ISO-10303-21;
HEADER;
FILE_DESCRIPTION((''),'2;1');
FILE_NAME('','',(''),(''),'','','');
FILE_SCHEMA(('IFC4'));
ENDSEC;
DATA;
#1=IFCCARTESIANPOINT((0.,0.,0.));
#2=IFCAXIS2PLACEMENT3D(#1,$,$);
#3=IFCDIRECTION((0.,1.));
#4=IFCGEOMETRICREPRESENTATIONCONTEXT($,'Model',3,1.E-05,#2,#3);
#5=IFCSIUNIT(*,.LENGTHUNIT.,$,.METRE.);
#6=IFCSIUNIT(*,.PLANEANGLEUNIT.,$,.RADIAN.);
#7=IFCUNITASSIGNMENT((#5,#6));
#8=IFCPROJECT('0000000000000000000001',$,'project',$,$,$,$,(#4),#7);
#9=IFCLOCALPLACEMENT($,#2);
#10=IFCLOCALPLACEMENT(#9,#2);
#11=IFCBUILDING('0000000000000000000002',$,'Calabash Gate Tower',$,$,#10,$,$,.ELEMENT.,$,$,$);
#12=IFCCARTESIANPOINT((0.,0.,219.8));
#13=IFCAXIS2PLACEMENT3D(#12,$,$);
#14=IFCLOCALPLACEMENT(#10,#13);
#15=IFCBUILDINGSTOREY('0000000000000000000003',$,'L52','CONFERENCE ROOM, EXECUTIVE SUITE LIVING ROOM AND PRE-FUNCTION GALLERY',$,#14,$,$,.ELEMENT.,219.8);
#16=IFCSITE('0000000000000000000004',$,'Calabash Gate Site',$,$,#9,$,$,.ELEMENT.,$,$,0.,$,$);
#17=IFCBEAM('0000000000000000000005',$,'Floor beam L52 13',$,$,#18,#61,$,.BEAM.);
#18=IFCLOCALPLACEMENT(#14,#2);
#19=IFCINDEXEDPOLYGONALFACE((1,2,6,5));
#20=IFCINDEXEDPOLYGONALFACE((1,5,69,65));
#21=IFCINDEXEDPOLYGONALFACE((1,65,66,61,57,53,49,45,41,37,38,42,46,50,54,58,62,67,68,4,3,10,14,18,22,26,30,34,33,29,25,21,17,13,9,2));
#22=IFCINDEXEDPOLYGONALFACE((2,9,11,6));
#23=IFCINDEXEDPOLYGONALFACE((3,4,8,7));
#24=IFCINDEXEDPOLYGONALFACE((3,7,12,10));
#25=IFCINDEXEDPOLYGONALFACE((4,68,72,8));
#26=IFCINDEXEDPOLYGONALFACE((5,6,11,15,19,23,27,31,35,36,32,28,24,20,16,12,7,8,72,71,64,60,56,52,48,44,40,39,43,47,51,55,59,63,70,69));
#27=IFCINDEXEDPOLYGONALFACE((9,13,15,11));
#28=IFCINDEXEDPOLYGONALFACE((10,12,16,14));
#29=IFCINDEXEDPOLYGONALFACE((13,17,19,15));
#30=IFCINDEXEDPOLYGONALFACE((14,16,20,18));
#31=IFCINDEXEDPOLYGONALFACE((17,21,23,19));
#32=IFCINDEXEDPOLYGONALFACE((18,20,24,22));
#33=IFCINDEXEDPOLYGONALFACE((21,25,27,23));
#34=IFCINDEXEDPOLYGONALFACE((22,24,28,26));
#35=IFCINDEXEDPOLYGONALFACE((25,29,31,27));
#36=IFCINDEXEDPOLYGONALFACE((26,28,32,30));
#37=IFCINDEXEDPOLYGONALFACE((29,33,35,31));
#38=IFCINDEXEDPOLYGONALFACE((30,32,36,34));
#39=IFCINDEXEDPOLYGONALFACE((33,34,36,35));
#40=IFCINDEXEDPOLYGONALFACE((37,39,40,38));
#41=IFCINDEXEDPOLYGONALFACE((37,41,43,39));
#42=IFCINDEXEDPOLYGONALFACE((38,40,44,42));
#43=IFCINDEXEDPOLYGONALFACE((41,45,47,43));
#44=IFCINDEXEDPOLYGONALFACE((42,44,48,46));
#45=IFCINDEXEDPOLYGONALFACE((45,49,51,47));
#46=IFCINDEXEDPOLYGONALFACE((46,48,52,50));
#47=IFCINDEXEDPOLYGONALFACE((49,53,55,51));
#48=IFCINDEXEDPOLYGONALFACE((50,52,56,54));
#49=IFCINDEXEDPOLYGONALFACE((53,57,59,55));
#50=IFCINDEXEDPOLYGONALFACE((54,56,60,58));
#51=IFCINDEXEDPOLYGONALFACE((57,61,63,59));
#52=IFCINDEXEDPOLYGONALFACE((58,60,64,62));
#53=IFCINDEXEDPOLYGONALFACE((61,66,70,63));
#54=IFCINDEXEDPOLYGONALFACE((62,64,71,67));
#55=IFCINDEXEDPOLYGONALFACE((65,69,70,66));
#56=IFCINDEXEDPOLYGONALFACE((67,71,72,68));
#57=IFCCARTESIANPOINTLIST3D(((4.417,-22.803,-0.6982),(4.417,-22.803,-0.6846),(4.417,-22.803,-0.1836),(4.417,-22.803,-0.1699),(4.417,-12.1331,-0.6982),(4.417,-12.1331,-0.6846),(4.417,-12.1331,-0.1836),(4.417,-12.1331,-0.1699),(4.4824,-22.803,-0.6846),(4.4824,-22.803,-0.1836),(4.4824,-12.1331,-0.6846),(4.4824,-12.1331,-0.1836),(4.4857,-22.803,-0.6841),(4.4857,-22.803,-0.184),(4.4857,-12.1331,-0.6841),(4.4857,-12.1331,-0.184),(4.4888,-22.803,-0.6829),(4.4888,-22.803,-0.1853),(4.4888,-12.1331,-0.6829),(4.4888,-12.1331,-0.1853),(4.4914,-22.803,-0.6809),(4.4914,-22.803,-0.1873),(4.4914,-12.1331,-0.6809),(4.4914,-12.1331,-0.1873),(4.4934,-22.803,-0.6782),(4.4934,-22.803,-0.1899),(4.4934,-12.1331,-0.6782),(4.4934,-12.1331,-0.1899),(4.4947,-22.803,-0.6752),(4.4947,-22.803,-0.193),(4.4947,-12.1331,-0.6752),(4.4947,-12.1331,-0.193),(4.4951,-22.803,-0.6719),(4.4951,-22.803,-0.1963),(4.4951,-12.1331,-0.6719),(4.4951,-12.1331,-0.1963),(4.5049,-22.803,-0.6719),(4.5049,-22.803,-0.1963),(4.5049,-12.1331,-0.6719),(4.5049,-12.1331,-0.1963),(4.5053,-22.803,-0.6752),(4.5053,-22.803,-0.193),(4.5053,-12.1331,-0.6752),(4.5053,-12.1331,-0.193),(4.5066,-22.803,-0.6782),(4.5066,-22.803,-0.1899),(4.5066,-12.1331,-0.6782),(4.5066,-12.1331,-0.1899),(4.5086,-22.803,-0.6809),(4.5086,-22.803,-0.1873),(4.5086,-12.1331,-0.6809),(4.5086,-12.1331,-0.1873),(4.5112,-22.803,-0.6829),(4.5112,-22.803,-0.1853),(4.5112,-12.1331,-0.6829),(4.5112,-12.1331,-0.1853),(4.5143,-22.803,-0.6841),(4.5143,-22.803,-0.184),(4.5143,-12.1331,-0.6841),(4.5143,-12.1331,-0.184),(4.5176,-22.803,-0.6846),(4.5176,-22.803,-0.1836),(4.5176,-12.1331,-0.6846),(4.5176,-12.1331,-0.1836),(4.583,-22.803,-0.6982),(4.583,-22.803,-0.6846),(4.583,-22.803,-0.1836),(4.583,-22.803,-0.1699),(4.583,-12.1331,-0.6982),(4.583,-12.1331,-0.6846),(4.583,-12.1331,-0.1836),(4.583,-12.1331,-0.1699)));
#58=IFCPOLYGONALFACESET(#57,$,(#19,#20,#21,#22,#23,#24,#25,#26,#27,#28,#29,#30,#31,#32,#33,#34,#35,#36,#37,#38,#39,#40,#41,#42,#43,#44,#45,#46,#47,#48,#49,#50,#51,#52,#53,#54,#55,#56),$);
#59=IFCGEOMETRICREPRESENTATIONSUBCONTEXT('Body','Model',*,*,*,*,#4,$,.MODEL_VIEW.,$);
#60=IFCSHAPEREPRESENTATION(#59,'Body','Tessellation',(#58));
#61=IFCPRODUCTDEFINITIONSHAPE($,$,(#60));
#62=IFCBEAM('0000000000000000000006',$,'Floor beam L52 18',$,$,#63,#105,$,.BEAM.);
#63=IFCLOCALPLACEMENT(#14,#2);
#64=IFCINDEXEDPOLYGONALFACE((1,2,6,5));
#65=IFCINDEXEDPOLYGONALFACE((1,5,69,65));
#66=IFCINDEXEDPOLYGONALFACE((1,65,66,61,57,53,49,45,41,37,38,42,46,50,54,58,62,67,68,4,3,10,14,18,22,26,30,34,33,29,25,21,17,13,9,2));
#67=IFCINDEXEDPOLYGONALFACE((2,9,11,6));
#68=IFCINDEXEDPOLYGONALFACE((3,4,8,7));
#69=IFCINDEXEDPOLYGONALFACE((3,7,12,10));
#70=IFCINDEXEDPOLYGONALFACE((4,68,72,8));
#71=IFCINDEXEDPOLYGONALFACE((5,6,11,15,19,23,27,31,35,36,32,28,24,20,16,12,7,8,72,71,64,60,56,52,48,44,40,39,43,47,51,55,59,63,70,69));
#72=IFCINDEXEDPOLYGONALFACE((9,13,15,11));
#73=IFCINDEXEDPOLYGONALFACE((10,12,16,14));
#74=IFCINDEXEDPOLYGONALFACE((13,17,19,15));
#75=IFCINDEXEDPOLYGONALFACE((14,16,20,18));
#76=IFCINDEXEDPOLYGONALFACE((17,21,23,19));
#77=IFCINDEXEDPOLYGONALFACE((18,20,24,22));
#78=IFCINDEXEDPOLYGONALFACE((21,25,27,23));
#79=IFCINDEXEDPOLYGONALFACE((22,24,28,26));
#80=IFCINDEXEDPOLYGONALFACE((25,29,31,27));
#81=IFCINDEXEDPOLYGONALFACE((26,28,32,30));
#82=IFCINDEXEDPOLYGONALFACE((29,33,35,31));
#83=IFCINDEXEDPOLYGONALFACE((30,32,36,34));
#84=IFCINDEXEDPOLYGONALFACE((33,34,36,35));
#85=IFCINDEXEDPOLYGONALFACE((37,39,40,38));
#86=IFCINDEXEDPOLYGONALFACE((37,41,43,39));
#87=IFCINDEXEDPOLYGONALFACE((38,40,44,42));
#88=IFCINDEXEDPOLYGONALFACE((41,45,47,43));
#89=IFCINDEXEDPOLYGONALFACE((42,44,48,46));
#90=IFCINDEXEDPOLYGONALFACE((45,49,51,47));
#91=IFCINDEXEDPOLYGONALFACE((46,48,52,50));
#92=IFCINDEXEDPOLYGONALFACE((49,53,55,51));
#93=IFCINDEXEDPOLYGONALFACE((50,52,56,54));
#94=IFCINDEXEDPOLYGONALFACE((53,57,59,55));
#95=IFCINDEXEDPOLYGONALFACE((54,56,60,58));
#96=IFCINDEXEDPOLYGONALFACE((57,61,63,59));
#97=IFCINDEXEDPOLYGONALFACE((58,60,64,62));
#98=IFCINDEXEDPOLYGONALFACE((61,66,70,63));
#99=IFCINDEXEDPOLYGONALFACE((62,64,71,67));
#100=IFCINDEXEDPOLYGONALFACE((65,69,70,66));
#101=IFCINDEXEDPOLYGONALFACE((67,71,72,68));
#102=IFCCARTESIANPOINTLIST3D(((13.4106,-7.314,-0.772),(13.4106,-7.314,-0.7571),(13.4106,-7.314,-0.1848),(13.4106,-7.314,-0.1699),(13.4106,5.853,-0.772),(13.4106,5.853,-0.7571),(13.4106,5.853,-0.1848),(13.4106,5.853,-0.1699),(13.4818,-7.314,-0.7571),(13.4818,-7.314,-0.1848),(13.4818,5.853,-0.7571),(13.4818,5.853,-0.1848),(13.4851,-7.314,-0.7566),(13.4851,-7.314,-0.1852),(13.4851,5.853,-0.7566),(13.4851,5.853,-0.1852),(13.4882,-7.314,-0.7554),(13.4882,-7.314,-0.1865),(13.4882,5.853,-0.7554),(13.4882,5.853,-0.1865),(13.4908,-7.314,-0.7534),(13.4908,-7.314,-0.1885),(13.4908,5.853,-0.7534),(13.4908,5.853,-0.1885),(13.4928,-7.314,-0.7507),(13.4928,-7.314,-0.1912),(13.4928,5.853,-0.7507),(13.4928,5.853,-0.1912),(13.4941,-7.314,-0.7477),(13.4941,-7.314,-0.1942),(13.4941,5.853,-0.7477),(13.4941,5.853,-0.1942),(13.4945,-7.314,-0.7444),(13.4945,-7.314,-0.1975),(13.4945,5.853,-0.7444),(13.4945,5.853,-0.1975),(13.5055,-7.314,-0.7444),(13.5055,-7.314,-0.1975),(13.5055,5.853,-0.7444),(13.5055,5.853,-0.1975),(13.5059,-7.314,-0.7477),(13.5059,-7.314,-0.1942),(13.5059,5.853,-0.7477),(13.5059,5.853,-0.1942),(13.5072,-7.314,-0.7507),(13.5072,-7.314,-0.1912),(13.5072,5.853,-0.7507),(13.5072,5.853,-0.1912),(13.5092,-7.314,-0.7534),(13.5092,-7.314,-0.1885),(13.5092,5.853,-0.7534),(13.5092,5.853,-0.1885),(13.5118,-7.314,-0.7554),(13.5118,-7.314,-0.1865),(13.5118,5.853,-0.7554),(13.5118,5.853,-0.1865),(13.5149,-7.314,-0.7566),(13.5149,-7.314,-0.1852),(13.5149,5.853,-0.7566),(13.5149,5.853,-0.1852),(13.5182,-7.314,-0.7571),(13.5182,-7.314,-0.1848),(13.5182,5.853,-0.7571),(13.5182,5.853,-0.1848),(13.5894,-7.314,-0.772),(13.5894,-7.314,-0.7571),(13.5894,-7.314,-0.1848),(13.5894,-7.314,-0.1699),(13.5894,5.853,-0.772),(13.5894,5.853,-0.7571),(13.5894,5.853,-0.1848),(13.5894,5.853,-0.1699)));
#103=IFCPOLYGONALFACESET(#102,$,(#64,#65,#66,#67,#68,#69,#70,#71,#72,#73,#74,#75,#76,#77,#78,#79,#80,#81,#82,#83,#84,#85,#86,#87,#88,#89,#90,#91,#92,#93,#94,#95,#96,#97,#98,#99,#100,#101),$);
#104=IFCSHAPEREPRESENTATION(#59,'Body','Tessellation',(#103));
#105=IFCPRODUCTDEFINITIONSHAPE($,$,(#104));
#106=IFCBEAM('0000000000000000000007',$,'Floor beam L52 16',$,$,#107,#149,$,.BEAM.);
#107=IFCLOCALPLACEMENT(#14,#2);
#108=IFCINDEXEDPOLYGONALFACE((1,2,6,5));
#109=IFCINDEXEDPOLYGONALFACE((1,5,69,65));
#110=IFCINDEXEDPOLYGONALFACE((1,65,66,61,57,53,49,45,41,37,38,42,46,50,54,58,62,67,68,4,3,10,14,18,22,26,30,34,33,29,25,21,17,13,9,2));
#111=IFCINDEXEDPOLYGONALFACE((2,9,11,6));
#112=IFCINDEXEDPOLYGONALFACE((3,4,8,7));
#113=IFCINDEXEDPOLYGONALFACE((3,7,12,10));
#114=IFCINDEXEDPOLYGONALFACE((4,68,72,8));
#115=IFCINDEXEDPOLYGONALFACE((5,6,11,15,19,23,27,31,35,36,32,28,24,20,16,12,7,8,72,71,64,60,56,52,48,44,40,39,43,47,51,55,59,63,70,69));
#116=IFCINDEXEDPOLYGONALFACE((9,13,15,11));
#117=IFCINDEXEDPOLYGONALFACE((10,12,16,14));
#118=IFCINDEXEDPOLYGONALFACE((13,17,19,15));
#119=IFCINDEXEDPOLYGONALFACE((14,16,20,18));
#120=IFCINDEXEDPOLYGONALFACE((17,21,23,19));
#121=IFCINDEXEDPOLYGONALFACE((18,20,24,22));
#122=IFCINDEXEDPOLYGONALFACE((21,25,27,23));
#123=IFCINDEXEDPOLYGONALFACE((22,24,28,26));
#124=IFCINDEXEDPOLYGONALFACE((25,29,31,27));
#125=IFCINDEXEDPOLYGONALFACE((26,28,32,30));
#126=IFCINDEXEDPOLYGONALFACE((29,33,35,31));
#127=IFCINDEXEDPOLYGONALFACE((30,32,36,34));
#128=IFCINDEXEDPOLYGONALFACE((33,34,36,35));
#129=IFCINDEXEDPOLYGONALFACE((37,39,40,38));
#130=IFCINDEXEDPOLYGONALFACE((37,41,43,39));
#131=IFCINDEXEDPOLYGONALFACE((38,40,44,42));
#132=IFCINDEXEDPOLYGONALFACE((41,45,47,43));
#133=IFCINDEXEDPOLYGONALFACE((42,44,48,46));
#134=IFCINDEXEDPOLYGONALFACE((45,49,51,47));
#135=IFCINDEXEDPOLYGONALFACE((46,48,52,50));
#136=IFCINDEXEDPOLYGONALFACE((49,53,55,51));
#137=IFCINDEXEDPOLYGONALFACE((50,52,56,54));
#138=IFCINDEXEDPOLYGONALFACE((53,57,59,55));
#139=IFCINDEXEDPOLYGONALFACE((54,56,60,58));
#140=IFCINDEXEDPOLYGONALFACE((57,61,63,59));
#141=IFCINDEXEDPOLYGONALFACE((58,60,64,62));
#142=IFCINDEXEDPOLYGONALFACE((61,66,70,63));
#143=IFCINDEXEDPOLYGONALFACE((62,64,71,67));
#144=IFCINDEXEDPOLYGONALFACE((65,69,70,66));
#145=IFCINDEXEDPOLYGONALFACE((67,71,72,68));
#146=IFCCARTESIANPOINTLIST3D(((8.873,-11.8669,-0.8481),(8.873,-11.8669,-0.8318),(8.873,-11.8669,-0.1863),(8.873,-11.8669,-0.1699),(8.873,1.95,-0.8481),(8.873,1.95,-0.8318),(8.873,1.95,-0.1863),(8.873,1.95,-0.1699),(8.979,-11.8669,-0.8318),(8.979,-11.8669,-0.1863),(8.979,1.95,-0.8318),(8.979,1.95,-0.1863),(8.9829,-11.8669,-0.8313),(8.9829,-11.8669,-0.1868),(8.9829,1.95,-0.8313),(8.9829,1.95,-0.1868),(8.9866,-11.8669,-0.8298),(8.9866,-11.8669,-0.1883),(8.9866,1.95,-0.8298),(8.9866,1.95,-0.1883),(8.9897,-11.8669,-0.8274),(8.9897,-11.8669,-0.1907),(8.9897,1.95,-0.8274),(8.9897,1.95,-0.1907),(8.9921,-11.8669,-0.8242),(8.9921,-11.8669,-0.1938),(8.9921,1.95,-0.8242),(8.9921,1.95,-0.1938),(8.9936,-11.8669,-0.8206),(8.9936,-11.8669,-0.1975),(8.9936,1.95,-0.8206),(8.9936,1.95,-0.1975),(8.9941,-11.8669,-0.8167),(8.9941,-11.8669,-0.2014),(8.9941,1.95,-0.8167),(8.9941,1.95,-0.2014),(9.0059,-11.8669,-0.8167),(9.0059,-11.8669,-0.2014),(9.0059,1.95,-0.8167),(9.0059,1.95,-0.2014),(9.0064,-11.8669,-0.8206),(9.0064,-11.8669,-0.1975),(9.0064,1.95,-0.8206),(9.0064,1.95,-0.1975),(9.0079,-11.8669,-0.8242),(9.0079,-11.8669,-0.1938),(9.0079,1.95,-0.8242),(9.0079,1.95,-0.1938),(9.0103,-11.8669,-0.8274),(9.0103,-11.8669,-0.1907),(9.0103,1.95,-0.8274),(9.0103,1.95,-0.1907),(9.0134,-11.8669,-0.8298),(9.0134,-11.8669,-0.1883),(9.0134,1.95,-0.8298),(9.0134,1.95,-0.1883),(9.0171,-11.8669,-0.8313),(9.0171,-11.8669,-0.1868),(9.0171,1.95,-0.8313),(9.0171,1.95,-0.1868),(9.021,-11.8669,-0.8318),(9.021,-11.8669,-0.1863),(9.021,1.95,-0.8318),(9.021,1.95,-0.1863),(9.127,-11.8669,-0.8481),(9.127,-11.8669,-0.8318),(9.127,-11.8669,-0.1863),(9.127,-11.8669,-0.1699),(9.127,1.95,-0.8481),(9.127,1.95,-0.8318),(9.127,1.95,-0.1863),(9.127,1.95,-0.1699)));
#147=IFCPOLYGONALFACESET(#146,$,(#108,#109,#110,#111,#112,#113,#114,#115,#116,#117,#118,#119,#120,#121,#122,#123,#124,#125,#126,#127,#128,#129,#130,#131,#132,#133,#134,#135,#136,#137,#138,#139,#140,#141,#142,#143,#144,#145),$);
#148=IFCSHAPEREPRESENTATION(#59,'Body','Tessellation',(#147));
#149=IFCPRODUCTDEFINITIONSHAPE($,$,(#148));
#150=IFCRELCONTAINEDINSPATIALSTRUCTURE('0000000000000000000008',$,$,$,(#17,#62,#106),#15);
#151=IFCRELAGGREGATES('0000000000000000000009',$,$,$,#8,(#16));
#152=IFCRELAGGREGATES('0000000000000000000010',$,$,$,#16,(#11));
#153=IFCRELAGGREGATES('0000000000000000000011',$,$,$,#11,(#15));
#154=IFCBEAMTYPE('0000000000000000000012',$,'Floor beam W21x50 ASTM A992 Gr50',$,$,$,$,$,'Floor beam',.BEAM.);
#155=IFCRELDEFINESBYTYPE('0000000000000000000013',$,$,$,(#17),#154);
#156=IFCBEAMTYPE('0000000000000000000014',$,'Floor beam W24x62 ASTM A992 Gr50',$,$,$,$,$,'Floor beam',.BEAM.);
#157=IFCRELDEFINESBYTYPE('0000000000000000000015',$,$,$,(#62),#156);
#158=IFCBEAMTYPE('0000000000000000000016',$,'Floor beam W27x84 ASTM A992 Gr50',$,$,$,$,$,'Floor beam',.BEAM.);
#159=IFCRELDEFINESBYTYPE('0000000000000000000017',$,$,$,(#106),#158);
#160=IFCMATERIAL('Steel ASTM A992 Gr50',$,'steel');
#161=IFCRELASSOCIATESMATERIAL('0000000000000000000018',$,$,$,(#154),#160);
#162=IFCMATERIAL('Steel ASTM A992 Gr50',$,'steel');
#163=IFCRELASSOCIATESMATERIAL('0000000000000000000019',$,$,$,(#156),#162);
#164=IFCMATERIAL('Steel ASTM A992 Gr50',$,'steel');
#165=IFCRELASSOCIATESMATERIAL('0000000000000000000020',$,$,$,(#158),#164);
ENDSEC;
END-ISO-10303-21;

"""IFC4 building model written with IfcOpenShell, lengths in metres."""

from ifc_helpers import new_model, si_unit, direction, frame, origin, origin_2d, place, context, subcontext, project, spatial, i_section, extrude, material, material_profile, profile_set, type_object, element, save


model = new_model("IFC4")

# Units and contexts
model_context = context("Model", 3, precision=1e-05, world=origin(), true_north=direction((0.0, 1.0)))
body_context = subcontext(model_context, "Body", "Model", "MODEL_VIEW")
ifc_project = project(units=[si_unit("LENGTHUNIT", "METRE"), si_unit("PLANEANGLEUNIT", "RADIAN")], contexts=[model_context])

# Site, building, storey
site_placement = place(None, origin())
site = spatial("IfcSite", under=ifc_project, at=site_placement, Name="Calabash Gate Site", CompositionType="ELEMENT", RefElevation=0.0)
building_placement = place(site_placement, origin())
building = spatial("IfcBuilding", under=site, at=building_placement, Name="Calabash Gate Tower", CompositionType="ELEMENT")
storey_placement = place(building_placement, frame((0.0, 0.0, 219.8)))
storey = spatial("IfcBuildingStorey", under=building, at=storey_placement, Name="L52", Description="CONFERENCE ROOM, EXECUTIVE SUITE LIVING ROOM AND PRE-FUNCTION GALLERY", CompositionType="ELEMENT", Elevation=219.8)

# Beams
ifc_material_1 = material(Name="Steel ASTM A992 Gr50", Category="steel")
ifc_material_profile_1 = material_profile(ifc_material_1, i_section(OverallWidth=0.166, OverallDepth=0.5283, WebThickness=0.0098, FlangeThickness=0.0137, FilletRadius=0.0127, at=origin_2d()))
ifc_profile_set_1 = profile_set([ifc_material_profile_1], Name="Steel ASTM A992 Gr50")
beam_type_1 = type_object("IfcBeamType", Name="Floor beam W21x50 ASTM A992 Gr50", ElementType="Floor beam", PredefinedType="BEAM", material=ifc_profile_set_1)
beam_1_placement = place(storey_placement, frame((4.5, -22.803, -0.4341), z_axis=(0.0, 1.0, 0.0), x_axis=(-1.0, 0.0, 0.0)))
element("IfcBeam", 1, at=beam_1_placement, inside=storey, type_object=beam_type_1, Name="Floor beam L52 13", PredefinedType="BEAM", context=body_context, shape_type="SweptSolid", body=[
    extrude(i_section(OverallWidth=0.166, OverallDepth=0.5283, WebThickness=0.0098, FlangeThickness=0.0137, FilletRadius=0.0127, at=origin_2d()), origin(), (0.0, 0.0, 1.0), 10.6699),
])
ifc_material_2 = material(Name="Steel ASTM A992 Gr50", Category="steel")
ifc_material_profile_2 = material_profile(ifc_material_2, i_section(OverallWidth=0.1787, OverallDepth=0.6021, WebThickness=0.011, FlangeThickness=0.0149, FilletRadius=0.0127, at=origin_2d()))
ifc_profile_set_2 = profile_set([ifc_material_profile_2], Name="Steel ASTM A992 Gr50")
beam_type_2 = type_object("IfcBeamType", Name="Floor beam W24x62 ASTM A992 Gr50", ElementType="Floor beam", PredefinedType="BEAM", material=ifc_profile_set_2)
beam_2_placement = place(storey_placement, frame((13.5, -7.314, -0.4709), z_axis=(0.0, 1.0, 0.0), x_axis=(-1.0, 0.0, 0.0)))
element("IfcBeam", 2, at=beam_2_placement, inside=storey, type_object=beam_type_2, Name="Floor beam L52 18", PredefinedType="BEAM", context=body_context, shape_type="SweptSolid", body=[
    extrude(i_section(OverallWidth=0.1787, OverallDepth=0.6021, WebThickness=0.011, FlangeThickness=0.0149, FilletRadius=0.0127, at=origin_2d()), origin(), (0.0, 0.0, 1.0), 13.167),
])
ifc_material_3 = material(Name="Steel ASTM A992 Gr50", Category="steel")
ifc_material_profile_3 = material_profile(ifc_material_3, i_section(OverallWidth=0.2539, OverallDepth=0.6782, WebThickness=0.0117, FlangeThickness=0.0164, FilletRadius=0.0151, at=origin_2d()))
ifc_profile_set_3 = profile_set([ifc_material_profile_3], Name="Steel ASTM A992 Gr50")
beam_type_3 = type_object("IfcBeamType", Name="Floor beam W27x84 ASTM A992 Gr50", ElementType="Floor beam", PredefinedType="BEAM", material=ifc_profile_set_3)
beam_3_placement = place(storey_placement, frame((9.0, -11.8669, -0.509), z_axis=(0.0, 1.0, 0.0), x_axis=(-1.0, 0.0, 0.0)))
element("IfcBeam", 3, at=beam_3_placement, inside=storey, type_object=beam_type_3, Name="Floor beam L52 16", PredefinedType="BEAM", context=body_context, shape_type="SweptSolid", body=[
    extrude(i_section(OverallWidth=0.2539, OverallDepth=0.6782, WebThickness=0.0117, FlangeThickness=0.0164, FilletRadius=0.0151, at=origin_2d()), origin(), (0.0, 0.0, 1.0), 13.8169),
])

save(model, "model.ifc")
